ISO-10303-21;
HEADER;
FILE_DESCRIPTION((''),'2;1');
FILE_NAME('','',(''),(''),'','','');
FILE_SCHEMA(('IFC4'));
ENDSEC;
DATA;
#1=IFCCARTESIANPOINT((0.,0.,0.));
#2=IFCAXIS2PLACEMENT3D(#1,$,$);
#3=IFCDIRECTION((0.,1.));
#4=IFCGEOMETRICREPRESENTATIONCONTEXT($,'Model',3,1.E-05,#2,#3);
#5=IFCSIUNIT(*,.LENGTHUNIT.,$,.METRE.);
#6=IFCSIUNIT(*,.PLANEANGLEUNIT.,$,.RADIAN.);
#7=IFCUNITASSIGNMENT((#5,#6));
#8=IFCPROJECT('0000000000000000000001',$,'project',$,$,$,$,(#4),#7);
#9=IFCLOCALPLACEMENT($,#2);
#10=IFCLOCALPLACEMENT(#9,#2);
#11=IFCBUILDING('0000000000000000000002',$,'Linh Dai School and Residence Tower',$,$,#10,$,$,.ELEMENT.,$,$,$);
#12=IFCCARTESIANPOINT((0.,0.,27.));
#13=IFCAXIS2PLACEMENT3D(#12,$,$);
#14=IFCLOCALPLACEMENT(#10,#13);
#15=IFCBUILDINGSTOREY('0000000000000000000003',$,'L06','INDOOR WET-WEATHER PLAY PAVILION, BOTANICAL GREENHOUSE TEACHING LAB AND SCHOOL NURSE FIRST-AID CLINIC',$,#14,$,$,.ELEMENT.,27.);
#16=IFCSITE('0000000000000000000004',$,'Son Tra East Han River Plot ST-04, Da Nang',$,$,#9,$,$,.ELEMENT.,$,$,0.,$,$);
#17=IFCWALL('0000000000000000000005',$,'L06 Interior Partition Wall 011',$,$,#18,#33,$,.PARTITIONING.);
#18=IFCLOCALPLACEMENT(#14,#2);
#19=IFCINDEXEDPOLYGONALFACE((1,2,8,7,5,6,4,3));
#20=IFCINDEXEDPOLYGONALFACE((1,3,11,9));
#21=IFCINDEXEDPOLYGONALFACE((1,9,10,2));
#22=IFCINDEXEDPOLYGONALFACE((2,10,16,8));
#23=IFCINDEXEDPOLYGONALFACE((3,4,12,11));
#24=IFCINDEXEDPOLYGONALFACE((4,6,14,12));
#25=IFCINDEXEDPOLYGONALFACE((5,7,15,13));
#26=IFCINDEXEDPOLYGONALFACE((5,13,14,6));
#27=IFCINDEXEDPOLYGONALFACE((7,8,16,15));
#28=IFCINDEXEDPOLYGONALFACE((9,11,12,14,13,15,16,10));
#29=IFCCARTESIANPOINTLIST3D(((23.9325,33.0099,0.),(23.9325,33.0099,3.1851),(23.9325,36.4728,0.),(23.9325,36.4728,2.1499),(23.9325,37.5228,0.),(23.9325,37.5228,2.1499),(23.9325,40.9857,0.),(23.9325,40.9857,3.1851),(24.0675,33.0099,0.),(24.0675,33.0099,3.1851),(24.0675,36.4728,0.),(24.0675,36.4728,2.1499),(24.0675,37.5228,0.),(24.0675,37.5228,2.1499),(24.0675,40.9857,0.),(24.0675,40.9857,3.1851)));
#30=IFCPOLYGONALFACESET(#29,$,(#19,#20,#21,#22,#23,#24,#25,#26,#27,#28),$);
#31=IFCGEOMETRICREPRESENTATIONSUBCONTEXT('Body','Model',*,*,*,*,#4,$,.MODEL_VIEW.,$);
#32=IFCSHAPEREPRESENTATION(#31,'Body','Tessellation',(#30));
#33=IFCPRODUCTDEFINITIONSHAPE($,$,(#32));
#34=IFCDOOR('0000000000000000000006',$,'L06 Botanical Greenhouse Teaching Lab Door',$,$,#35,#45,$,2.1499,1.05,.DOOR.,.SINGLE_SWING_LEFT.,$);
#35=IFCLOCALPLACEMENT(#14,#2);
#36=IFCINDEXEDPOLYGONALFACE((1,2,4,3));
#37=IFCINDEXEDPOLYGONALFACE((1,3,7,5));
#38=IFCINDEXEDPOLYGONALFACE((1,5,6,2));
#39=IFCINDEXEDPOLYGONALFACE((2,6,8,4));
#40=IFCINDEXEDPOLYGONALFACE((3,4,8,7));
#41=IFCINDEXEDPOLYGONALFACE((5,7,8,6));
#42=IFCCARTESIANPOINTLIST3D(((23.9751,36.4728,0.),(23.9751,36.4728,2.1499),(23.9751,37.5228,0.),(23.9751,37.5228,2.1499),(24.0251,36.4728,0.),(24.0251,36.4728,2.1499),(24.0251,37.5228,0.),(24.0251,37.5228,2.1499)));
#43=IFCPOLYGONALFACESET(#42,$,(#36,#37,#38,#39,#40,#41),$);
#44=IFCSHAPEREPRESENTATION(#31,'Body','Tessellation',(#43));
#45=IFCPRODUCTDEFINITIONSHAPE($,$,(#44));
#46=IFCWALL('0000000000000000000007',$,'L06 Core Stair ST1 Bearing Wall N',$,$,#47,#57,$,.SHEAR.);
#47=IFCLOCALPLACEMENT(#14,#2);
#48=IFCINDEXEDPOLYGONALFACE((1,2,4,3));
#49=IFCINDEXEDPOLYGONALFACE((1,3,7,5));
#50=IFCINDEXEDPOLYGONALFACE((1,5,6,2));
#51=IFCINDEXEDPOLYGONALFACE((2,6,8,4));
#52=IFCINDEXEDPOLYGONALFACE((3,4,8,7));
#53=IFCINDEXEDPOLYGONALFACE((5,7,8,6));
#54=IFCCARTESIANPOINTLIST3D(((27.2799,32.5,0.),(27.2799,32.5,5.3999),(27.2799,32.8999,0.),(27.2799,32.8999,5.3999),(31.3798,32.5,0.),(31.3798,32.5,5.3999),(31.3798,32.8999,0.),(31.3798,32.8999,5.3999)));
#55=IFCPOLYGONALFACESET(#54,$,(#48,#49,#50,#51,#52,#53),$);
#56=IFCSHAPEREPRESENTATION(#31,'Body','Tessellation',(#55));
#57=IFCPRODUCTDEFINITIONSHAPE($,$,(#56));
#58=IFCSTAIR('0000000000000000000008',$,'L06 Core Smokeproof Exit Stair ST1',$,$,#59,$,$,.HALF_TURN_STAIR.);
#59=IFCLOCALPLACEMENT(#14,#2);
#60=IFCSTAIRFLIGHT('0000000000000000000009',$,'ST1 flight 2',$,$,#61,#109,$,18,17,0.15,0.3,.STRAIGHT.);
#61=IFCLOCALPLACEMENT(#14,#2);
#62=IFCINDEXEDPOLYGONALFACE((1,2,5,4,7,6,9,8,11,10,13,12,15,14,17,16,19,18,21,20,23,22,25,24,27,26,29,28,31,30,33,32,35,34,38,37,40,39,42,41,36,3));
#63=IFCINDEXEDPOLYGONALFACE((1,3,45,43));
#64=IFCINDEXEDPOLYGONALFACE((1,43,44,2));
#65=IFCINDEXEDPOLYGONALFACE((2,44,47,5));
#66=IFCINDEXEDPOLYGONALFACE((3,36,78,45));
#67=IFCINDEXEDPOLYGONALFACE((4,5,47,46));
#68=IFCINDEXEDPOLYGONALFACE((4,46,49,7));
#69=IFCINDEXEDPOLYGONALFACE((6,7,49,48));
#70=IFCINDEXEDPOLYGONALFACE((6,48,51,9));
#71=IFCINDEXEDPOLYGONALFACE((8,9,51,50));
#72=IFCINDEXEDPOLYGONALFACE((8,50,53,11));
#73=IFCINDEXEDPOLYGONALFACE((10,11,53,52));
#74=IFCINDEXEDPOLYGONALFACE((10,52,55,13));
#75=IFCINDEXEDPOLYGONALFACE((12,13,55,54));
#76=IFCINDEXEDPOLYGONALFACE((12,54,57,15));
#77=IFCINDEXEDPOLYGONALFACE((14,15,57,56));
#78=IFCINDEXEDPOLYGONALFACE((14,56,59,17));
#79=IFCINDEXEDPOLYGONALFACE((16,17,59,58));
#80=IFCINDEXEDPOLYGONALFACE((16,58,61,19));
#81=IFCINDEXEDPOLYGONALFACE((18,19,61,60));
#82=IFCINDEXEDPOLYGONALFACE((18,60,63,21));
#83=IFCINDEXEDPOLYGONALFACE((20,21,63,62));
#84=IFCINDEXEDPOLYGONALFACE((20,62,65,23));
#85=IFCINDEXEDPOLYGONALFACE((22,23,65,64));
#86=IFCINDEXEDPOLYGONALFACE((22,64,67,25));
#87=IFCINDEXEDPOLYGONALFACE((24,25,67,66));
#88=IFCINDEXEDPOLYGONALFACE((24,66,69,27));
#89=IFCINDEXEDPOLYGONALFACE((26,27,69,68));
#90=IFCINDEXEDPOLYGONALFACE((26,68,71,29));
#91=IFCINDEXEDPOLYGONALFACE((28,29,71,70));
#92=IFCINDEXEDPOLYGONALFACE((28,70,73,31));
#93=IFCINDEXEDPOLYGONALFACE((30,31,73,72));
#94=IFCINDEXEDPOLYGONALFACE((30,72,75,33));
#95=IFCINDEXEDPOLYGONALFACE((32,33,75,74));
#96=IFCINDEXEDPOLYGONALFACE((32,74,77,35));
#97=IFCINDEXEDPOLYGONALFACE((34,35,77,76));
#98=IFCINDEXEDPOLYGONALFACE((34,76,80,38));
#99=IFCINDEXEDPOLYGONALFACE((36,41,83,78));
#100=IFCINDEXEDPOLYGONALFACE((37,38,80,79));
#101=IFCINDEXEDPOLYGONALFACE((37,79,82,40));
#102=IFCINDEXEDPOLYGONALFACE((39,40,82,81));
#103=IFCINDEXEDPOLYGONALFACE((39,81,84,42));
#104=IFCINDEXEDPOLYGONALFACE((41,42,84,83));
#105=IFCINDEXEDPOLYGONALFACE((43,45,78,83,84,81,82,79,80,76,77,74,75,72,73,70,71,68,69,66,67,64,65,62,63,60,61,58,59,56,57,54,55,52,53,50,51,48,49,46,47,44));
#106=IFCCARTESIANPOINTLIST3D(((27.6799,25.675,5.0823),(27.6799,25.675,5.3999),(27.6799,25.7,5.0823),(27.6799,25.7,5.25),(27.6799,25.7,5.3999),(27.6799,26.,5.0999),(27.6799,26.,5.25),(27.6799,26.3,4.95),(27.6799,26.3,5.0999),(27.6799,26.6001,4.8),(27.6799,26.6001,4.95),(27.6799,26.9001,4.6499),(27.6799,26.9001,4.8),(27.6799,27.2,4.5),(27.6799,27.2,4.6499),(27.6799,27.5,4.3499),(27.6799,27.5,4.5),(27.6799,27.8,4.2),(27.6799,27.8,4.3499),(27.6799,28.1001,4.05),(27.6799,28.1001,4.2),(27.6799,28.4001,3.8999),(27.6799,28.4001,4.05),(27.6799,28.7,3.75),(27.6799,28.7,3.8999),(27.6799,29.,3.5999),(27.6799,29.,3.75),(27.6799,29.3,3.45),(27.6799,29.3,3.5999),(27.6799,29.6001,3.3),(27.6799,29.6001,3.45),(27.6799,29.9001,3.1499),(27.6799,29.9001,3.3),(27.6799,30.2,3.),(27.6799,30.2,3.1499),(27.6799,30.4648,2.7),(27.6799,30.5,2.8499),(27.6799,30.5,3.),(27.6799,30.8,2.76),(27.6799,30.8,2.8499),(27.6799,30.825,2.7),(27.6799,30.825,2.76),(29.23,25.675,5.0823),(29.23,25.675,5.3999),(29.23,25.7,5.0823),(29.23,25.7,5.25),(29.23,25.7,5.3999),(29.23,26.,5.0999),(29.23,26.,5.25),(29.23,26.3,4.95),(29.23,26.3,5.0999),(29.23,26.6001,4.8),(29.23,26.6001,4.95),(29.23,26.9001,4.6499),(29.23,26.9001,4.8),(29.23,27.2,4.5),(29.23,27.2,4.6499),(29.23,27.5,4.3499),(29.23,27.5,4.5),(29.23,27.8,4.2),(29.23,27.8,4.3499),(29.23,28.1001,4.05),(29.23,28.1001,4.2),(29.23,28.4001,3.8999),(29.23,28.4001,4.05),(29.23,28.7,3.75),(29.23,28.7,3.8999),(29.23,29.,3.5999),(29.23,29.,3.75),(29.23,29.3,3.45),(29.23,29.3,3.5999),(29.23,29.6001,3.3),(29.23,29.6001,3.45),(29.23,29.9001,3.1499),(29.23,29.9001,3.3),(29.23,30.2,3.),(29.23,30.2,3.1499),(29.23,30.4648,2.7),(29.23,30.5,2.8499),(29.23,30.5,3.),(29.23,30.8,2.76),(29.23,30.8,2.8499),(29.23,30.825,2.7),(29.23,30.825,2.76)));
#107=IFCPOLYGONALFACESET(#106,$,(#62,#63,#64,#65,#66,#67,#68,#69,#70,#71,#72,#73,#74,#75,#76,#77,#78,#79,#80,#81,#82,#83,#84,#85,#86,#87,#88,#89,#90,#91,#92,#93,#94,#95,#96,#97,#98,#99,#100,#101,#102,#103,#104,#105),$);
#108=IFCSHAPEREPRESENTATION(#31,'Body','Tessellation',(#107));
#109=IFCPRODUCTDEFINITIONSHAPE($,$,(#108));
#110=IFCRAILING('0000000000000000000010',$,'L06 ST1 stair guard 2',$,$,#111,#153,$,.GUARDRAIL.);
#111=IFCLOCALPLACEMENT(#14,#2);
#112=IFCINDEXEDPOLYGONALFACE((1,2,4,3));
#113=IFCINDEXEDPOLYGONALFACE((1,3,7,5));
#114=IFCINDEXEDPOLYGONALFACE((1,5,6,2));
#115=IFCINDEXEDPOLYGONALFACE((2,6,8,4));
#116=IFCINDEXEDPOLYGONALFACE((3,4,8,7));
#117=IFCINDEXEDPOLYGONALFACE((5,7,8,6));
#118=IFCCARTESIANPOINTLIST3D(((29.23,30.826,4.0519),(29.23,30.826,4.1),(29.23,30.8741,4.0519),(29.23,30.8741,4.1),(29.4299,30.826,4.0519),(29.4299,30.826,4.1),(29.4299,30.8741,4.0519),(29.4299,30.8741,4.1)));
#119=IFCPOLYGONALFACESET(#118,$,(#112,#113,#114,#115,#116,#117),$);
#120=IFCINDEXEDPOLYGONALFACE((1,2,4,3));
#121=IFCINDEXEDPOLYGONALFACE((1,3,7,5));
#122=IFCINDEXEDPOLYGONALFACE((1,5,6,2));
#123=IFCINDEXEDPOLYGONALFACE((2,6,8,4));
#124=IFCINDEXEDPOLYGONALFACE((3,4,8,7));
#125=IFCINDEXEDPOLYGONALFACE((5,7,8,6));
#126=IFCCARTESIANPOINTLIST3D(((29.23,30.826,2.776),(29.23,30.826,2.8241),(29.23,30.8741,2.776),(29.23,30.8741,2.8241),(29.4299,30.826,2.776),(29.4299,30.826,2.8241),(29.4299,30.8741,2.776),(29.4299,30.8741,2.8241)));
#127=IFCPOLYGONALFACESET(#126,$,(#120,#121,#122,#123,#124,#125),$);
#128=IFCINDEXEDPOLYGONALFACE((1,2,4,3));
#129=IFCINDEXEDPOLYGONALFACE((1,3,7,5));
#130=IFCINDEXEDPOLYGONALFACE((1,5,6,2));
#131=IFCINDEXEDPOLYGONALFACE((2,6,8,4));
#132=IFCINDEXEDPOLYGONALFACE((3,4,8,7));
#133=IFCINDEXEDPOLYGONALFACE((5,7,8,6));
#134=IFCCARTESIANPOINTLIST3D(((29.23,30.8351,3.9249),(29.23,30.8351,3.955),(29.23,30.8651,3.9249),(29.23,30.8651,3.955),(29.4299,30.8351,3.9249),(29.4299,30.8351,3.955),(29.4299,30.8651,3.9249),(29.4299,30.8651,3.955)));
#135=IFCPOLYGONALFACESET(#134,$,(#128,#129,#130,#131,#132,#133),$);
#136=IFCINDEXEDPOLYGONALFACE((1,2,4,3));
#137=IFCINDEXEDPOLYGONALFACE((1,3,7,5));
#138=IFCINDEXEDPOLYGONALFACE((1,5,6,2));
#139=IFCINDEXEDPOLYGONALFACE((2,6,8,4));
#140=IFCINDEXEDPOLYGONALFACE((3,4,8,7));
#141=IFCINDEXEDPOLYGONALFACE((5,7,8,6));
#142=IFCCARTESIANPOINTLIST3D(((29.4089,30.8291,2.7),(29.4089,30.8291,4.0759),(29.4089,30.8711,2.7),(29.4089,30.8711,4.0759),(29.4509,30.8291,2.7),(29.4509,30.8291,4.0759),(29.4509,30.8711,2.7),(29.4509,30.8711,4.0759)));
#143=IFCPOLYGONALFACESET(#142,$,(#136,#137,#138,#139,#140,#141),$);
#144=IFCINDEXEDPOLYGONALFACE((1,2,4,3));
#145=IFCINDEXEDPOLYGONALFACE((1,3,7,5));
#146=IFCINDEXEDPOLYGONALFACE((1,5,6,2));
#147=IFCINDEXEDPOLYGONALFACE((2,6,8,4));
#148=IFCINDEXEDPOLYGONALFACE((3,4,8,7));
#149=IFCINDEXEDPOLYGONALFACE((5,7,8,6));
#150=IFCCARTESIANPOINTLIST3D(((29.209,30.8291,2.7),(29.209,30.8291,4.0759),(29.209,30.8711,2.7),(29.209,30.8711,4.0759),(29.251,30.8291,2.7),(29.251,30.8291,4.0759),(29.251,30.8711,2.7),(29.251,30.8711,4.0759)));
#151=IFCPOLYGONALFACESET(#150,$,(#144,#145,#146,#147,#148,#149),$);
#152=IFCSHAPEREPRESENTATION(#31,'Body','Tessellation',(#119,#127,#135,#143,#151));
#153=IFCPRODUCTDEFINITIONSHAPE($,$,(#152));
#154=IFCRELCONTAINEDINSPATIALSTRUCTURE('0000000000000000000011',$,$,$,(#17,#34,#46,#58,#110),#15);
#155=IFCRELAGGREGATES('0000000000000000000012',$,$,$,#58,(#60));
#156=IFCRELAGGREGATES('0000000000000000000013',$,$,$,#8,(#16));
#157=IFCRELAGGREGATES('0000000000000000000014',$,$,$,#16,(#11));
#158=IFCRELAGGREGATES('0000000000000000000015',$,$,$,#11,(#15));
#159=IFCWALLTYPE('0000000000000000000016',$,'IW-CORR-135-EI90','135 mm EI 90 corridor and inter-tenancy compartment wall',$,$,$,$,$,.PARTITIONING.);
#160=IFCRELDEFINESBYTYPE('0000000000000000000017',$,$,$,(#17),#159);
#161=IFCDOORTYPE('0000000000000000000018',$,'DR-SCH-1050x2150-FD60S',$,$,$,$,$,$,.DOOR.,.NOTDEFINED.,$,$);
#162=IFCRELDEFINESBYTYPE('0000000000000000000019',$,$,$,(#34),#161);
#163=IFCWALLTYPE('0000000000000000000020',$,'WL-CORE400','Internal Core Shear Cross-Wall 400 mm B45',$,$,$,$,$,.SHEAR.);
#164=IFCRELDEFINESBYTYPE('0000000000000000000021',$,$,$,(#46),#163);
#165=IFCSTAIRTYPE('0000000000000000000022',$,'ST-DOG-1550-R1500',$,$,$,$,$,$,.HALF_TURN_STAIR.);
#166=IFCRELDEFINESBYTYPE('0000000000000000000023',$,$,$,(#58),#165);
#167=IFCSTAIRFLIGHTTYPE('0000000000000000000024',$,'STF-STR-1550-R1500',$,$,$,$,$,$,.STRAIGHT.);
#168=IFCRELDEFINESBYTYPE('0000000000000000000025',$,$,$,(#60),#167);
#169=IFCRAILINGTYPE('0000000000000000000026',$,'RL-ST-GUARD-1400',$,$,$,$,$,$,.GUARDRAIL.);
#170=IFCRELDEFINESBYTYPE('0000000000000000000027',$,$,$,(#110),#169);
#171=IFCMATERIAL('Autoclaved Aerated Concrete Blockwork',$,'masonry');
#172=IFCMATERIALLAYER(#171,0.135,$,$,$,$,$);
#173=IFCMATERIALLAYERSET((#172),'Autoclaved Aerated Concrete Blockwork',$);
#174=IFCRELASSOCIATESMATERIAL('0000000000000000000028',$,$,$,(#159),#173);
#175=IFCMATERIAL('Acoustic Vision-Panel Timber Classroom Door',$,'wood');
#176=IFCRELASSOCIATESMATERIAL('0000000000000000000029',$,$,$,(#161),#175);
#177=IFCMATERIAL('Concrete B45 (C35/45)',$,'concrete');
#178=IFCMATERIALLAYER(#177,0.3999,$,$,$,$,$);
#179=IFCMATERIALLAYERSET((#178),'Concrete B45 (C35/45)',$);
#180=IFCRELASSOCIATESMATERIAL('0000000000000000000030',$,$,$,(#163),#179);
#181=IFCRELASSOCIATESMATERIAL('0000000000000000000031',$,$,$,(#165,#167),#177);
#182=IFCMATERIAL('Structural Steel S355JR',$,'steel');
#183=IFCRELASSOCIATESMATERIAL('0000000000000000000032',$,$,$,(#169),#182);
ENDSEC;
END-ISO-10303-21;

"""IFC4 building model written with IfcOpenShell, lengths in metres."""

from ifc_helpers import new_model, si_unit, direction, frame, frame_2d, origin, origin_2d, place, context, subcontext, project, spatial, polyline, rectangle, outline, extrude, source, transform, mapped, material, layer, layer_set, type_object, element, fill, aggregate, save


model = new_model("IFC4")

# Units and contexts
model_context = context("Model", 3, precision=1e-05, world=origin(), true_north=direction((0.0, 1.0)))
body_context = subcontext(model_context, "Body", "Model", "MODEL_VIEW")
ifc_project = project(units=[si_unit("LENGTHUNIT", "METRE"), si_unit("PLANEANGLEUNIT", "RADIAN")], contexts=[model_context])

# Site, building, storey
site_placement = place(None, origin())
site = spatial("IfcSite", under=ifc_project, at=site_placement, Name="Son Tra East Han River Plot ST-04, Da Nang", CompositionType="ELEMENT", RefElevation=0.0)
building_placement = place(site_placement, origin())
building = spatial("IfcBuilding", under=site, at=building_placement, Name="Linh Dai School and Residence Tower", CompositionType="ELEMENT")
storey_placement = place(building_placement, frame((0.0, 0.0, 27.0)))
storey = spatial("IfcBuildingStorey", under=building, at=storey_placement, Name="L06", Description="INDOOR WET-WEATHER PLAY PAVILION, BOTANICAL GREENHOUSE TEACHING LAB AND SCHOOL NURSE FIRST-AID CLINIC", CompositionType="ELEMENT", Elevation=27.0)

# Shared definitions
ifc_material_1 = material(Name="Structural Steel S355JR", Category="steel")

# Wall, opening, door
ifc_material_2 = material(Name="Autoclaved Aerated Concrete Blockwork", Category="masonry")
ifc_layer_1 = layer(ifc_material_2, 0.135)
ifc_layer_set_1 = layer_set([ifc_layer_1], Name="Autoclaved Aerated Concrete Blockwork")
wall_type_1 = type_object("IfcWallType", Name="IW-CORR-135-EI90", Description="135 mm EI 90 corridor and inter-tenancy compartment wall", PredefinedType="PARTITIONING", material=ifc_layer_set_1)
wall_1_placement = place(storey_placement, frame((24.0, 33.01, 0.0), z_axis=(0.0, 0.0, 1.0), x_axis=(0.0, 1.0, 0.0)))
wall_1 = element("IfcWall", 1, at=wall_1_placement, inside=storey, type_object=wall_type_1, Name="L06 Interior Partition Wall 011", PredefinedType="PARTITIONING", context=body_context, shape_type="SweptSolid", body=[
    extrude(rectangle(XDim=7.9758, YDim=0.135, at=frame_2d((3.9878, 0.0))), origin(), (0.0, 0.0, 1.0), 3.1851),
])
opening_1_placement = place(wall_1_placement, frame((3.4629, 0.0, 0.0)))
opening_1 = element("IfcOpeningElement", 2, at=opening_1_placement, cuts=wall_1, PredefinedType="OPENING", context=body_context, shape_type="SweptSolid", body=[
    extrude(rectangle(XDim=1.05, YDim=2.1499, at=origin_2d()), frame((0.5249, 0.0776, 1.075), z_axis=(0.0, -1.0, 0.0), x_axis=(1.0, 0.0, 0.0)), (0.0, 0.0, 1.0), 0.155),
])
ifc_material_3 = material(Name="Acoustic Vision-Panel Timber Classroom Door", Category="wood")
door_type_1 = type_object("IfcDoorType", Name="DR-SCH-1050x2150-FD60S", OperationType="NOTDEFINED", PredefinedType="DOOR", material=ifc_material_3)
shared_shape_1 = source(origin(), body_context, "Body", "SweptSolid", [
    extrude(rectangle(XDim=1.05, YDim=2.1499, at=origin_2d()), frame((0.5249, 0.0249, 1.075), z_axis=(0.0, -1.0, 0.0), x_axis=(1.0, 0.0, 0.0)), (0.0, 0.0, 1.0), 0.05),
])
door_1_placement = place(opening_1_placement, origin())
door_1 = element("IfcDoor", 3, at=door_1_placement, inside=storey, type_object=door_type_1, Name="L06 Botanical Greenhouse Teaching Lab Door", OperationType="SINGLE_SWING_LEFT", OverallHeight=2.1499, OverallWidth=1.05, PredefinedType="DOOR", context=body_context, shape_type="MappedRepresentation", body=[
    mapped(shared_shape_1, transform((0.0, 0.0, 0.0), x_axis=(1.0, 0.0, 0.0), y_axis=(0.0, 1.0, 0.0), z_axis=(0.0, 0.0, 1.0), scale=1.0)),
])
fill(opening_1, door_1)

# Shared definitions
ifc_material_4 = material(Name="Concrete B45 (C35/45)", Category="concrete")

# Wall
ifc_layer_2 = layer(ifc_material_4, 0.3999)
ifc_layer_set_2 = layer_set([ifc_layer_2], Name="Concrete B45 (C35/45)")
wall_type_2 = type_object("IfcWallType", Name="WL-CORE400", Description="Internal Core Shear Cross-Wall 400 mm B45", PredefinedType="SHEAR", material=ifc_layer_set_2)
wall_2_placement = place(storey_placement, frame((27.28, 32.7, 0.0), z_axis=(0.0, 0.0, 1.0), x_axis=(1.0, 0.0, 0.0)))
element("IfcWall", 4, at=wall_2_placement, inside=storey, type_object=wall_type_2, Name="L06 Core Stair ST1 Bearing Wall N", PredefinedType="SHEAR", context=body_context, shape_type="SweptSolid", body=[
    extrude(rectangle(XDim=4.0999, YDim=0.3999, at=frame_2d((2.0498, 0.0))), origin(), (0.0, 0.0, 1.0), 5.3999),
])

# Stair, stair flight
stair_type = type_object("IfcStairType", Name="ST-DOG-1550-R1500", PredefinedType="HALF_TURN_STAIR", material=ifc_material_4)
stair_placement = place(storey_placement, origin())
stair = element("IfcStair", 5, at=stair_placement, inside=storey, type_object=stair_type, Name="L06 Core Smokeproof Exit Stair ST1", PredefinedType="HALF_TURN_STAIR")
stair_flight_type = type_object("IfcStairFlightType", Name="STF-STR-1550-R1500", PredefinedType="STRAIGHT", material=ifc_material_4)
shared_shape_2 = source(origin(), body_context, "Body", "SweptSolid", [
    extrude(outline(polyline([(-0.0249, 0.0), (-0.0249, 0.0601), (0.0, 0.0601), (0.0, 0.1499), (0.3, 0.1499), (0.3, 0.3), (0.6001, 0.3), (0.6001, 0.45), (0.8999, 0.45), (0.8999, 0.6001), (1.2, 0.6001), (1.2, 0.75), (1.5, 0.75), (1.5, 0.8999), (1.8, 0.8999), (1.8, 1.05), (2.1001, 1.05), (2.1001, 1.2), (2.3999, 1.2), (2.3999, 1.3501), (2.7, 1.3501), (2.7, 1.5), (3.0, 1.5), (3.0, 1.6499), (3.3, 1.6499), (3.3, 1.8), (3.6001, 1.8), (3.6001, 1.95), (3.8999, 1.95), (3.8999, 2.1001), (4.2, 2.1001), (4.2, 2.25), (4.5, 2.25), (4.5, 2.3999), (4.8, 2.3999), (4.8, 2.55), (5.1001, 2.55), (5.1001, 2.7), (5.125, 2.7), (5.125, 2.3823), (5.1001, 2.3823), (0.3352, 0.0), (-0.0249, 0.0)])), frame((0.0, 0.7749, 0.0), z_axis=(0.0, -1.0, 0.0), x_axis=(1.0, 0.0, 0.0)), (0.0, 0.0, 1.0), 1.55),
])
stair_flight_placement = place(storey_placement, frame((28.4551, 30.8, 2.7), z_axis=(0.0, 0.0, 1.0), x_axis=(0.0, -1.0, 0.0)))
stair_flight = element("IfcStairFlight", 6, at=stair_flight_placement, type_object=stair_flight_type, Name="ST1 flight 2", NumberOfRisers=18, NumberOfTreads=17, PredefinedType="STRAIGHT", RiserHeight=0.15, TreadLength=0.3, context=body_context, shape_type="MappedRepresentation", body=[
    mapped(shared_shape_2, transform((0.0, 0.0, 0.0), x_axis=(1.0, 0.0, 0.0), y_axis=(0.0, 1.0, 0.0), z_axis=(0.0, 0.0, 1.0), scale=1.0)),
])
aggregate(stair, [stair_flight])

# Railing
railing_type_1 = type_object("IfcRailingType", Name="RL-ST-GUARD-1400", PredefinedType="GUARDRAIL", material=ifc_material_1)
shared_shape_3 = source(origin(), body_context, "Body", "SweptSolid", [
    extrude(rectangle(XDim=0.0481, YDim=0.0481, at=origin_2d()), frame((0.0, 0.0, 1.376), z_axis=(-1.0, 0.0, 0.0), x_axis=(0.0, -1.0, 0.0)), (0.0, 0.0, 1.0), 0.2),
    extrude(rectangle(XDim=0.0481, YDim=0.0481, at=origin_2d()), frame((0.0, 0.0, 0.1001), z_axis=(-1.0, 0.0, 0.0), x_axis=(0.0, -1.0, 0.0)), (0.0, 0.0, 1.0), 0.2),
    extrude(rectangle(XDim=0.03, YDim=0.03, at=origin_2d()), frame((0.0, 0.0, 1.24), z_axis=(-1.0, 0.0, 0.0), x_axis=(0.0, -1.0, 0.0)), (0.0, 0.0, 1.0), 0.2),
    extrude(rectangle(XDim=0.042, YDim=0.042, at=origin_2d()), origin(), (0.0, 0.0, 1.0), 1.376),
    extrude(rectangle(XDim=0.042, YDim=0.042, at=origin_2d()), frame((-0.2, 0.0, 0.0)), (0.0, 0.0, 1.0), 1.376),
])
railing_1_placement = place(storey_placement, frame((29.4299, 30.8501, 2.7)))
element("IfcRailing", 7, at=railing_1_placement, inside=storey, type_object=railing_type_1, Name="L06 ST1 stair guard 2", PredefinedType="GUARDRAIL", context=body_context, shape_type="MappedRepresentation", body=[
    mapped(shared_shape_3, transform((0.0, 0.0, 0.0), x_axis=(1.0, 0.0, 0.0), y_axis=(0.0, 1.0, 0.0), z_axis=(0.0, 0.0, 1.0), scale=1.0)),
])

save(model, "model.ifc")
